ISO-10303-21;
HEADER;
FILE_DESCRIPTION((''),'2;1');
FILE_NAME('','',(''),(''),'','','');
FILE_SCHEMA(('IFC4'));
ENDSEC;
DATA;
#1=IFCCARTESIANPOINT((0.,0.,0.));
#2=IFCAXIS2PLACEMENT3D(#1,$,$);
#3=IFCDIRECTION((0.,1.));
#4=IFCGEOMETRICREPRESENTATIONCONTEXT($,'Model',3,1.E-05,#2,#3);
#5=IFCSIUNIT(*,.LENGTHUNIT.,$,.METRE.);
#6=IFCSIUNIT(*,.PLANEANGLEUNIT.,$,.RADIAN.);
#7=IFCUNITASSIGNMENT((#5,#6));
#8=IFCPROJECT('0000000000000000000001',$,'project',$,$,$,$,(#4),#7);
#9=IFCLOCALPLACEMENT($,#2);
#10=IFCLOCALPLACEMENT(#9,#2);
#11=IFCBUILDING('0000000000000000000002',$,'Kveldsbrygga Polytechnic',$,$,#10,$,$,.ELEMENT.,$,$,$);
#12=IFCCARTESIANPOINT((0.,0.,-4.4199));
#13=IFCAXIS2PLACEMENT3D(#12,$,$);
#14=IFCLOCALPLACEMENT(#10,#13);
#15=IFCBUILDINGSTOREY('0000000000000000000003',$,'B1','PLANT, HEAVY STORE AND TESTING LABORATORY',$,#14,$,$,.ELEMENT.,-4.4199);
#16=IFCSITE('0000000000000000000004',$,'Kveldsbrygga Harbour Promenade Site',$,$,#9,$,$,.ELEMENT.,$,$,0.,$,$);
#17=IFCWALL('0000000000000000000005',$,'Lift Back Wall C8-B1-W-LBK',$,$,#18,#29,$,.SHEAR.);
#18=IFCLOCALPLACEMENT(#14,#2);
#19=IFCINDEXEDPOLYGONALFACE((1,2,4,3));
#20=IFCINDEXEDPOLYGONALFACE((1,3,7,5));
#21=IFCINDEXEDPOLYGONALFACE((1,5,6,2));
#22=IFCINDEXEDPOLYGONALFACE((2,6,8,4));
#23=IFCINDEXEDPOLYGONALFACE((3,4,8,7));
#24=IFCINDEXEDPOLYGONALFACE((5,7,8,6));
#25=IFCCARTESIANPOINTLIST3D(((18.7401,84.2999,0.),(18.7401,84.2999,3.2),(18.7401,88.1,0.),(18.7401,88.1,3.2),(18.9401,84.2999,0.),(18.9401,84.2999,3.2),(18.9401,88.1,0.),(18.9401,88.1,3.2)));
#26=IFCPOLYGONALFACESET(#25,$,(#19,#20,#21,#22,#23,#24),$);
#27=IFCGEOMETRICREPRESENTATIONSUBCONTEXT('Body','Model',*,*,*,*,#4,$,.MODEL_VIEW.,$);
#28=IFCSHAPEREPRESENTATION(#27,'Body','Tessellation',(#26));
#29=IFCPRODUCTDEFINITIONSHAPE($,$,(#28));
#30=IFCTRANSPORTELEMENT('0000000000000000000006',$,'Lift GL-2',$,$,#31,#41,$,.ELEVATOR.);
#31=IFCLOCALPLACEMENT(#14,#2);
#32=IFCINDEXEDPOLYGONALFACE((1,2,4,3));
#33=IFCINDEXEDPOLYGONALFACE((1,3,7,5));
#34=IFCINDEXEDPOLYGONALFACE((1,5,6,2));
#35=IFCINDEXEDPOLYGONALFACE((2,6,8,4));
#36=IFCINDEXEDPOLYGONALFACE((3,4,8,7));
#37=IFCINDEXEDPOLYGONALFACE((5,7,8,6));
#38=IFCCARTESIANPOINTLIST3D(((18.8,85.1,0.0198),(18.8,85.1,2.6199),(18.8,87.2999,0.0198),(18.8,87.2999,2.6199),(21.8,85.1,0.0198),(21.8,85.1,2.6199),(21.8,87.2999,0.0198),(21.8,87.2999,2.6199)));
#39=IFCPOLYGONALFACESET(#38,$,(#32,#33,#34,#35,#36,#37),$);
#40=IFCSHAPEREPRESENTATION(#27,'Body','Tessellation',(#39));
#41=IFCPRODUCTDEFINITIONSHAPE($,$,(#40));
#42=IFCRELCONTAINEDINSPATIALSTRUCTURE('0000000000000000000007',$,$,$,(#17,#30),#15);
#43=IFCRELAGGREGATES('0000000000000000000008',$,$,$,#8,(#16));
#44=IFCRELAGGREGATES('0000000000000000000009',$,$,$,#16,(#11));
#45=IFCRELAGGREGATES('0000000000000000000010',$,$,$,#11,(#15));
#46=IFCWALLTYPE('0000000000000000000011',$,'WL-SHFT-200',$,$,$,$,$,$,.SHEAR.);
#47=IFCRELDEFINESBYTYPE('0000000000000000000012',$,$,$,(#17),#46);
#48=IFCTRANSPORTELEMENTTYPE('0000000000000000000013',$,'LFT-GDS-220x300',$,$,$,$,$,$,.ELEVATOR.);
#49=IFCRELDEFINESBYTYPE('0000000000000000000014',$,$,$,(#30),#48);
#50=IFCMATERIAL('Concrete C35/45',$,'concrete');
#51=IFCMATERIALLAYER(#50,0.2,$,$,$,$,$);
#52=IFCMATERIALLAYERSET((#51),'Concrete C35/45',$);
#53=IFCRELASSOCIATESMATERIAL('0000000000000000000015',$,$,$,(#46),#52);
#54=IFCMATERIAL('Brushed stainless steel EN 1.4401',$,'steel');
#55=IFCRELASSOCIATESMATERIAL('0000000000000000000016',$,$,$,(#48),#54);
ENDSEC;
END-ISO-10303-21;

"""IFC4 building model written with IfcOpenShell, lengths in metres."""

from ifc_helpers import new_model, si_unit, direction, frame, frame_2d, origin, origin_2d, place, context, subcontext, project, spatial, rectangle, extrude, material, layer, layer_set, type_object, element, save


model = new_model("IFC4")

# Units and contexts
model_context = context("Model", 3, precision=1e-05, world=origin(), true_north=direction((0.0, 1.0)))
body_context = subcontext(model_context, "Body", "Model", "MODEL_VIEW")
ifc_project = project(units=[si_unit("LENGTHUNIT", "METRE"), si_unit("PLANEANGLEUNIT", "RADIAN")], contexts=[model_context])

# Site, building, storey
site_placement = place(None, origin())
site = spatial("IfcSite", under=ifc_project, at=site_placement, Name="Kveldsbrygga Harbour Promenade Site", CompositionType="ELEMENT", RefElevation=0.0)
building_placement = place(site_placement, origin())
building = spatial("IfcBuilding", under=site, at=building_placement, Name="Kveldsbrygga Polytechnic", CompositionType="ELEMENT")
storey_placement = place(building_placement, frame((0.0, 0.0, -4.4199)))
storey = spatial("IfcBuildingStorey", under=building, at=storey_placement, Name="B1", Description="PLANT, HEAVY STORE AND TESTING LABORATORY", CompositionType="ELEMENT", Elevation=-4.4199)

# Shared definitions
ifc_material_1 = material(Name="Concrete C35/45", Category="concrete")

# Shared definitions
ifc_layer_1 = layer(ifc_material_1, 0.2)
ifc_layer_set_1 = layer_set([ifc_layer_1], Name="Concrete C35/45")
wall_type_1 = type_object("IfcWallType", Name="WL-SHFT-200", PredefinedType="SHEAR", material=ifc_layer_set_1)
ifc_material_2 = material(Name="Brushed stainless steel EN 1.4401", Category="steel")

# Wall
wall_1_placement = place(storey_placement, frame((18.8401, 84.3, 0.0), z_axis=(0.0, 0.0, 1.0), x_axis=(0.0, 1.0, 0.0)))
element("IfcWall", 1, at=wall_1_placement, inside=storey, type_object=wall_type_1, Name="Lift Back Wall C8-B1-W-LBK", PredefinedType="SHEAR", context=body_context, shape_type="SweptSolid", body=[
    extrude(rectangle(XDim=3.8, YDim=0.2, at=frame_2d((1.8999, 0.0))), origin(), (0.0, 0.0, 1.0), 3.2),
])

# Transport element
transport_element_type = type_object("IfcTransportElementType", Name="LFT-GDS-220x300", PredefinedType="ELEVATOR", material=ifc_material_2)
transport_element_placement = place(storey_placement, frame((20.3, 86.2, 0.0198), z_axis=(0.0, 0.0, 1.0), x_axis=(1.0, 0.0, 0.0)))
element("IfcTransportElement", 2, at=transport_element_placement, inside=storey, type_object=transport_element_type, Name="Lift GL-2", PredefinedType="ELEVATOR", context=body_context, shape_type="SweptSolid", body=[
    extrude(rectangle(XDim=3.0, YDim=2.2, at=origin_2d()), origin(), (0.0, 0.0, 1.0), 2.6001),
])

save(model, "model.ifc")
